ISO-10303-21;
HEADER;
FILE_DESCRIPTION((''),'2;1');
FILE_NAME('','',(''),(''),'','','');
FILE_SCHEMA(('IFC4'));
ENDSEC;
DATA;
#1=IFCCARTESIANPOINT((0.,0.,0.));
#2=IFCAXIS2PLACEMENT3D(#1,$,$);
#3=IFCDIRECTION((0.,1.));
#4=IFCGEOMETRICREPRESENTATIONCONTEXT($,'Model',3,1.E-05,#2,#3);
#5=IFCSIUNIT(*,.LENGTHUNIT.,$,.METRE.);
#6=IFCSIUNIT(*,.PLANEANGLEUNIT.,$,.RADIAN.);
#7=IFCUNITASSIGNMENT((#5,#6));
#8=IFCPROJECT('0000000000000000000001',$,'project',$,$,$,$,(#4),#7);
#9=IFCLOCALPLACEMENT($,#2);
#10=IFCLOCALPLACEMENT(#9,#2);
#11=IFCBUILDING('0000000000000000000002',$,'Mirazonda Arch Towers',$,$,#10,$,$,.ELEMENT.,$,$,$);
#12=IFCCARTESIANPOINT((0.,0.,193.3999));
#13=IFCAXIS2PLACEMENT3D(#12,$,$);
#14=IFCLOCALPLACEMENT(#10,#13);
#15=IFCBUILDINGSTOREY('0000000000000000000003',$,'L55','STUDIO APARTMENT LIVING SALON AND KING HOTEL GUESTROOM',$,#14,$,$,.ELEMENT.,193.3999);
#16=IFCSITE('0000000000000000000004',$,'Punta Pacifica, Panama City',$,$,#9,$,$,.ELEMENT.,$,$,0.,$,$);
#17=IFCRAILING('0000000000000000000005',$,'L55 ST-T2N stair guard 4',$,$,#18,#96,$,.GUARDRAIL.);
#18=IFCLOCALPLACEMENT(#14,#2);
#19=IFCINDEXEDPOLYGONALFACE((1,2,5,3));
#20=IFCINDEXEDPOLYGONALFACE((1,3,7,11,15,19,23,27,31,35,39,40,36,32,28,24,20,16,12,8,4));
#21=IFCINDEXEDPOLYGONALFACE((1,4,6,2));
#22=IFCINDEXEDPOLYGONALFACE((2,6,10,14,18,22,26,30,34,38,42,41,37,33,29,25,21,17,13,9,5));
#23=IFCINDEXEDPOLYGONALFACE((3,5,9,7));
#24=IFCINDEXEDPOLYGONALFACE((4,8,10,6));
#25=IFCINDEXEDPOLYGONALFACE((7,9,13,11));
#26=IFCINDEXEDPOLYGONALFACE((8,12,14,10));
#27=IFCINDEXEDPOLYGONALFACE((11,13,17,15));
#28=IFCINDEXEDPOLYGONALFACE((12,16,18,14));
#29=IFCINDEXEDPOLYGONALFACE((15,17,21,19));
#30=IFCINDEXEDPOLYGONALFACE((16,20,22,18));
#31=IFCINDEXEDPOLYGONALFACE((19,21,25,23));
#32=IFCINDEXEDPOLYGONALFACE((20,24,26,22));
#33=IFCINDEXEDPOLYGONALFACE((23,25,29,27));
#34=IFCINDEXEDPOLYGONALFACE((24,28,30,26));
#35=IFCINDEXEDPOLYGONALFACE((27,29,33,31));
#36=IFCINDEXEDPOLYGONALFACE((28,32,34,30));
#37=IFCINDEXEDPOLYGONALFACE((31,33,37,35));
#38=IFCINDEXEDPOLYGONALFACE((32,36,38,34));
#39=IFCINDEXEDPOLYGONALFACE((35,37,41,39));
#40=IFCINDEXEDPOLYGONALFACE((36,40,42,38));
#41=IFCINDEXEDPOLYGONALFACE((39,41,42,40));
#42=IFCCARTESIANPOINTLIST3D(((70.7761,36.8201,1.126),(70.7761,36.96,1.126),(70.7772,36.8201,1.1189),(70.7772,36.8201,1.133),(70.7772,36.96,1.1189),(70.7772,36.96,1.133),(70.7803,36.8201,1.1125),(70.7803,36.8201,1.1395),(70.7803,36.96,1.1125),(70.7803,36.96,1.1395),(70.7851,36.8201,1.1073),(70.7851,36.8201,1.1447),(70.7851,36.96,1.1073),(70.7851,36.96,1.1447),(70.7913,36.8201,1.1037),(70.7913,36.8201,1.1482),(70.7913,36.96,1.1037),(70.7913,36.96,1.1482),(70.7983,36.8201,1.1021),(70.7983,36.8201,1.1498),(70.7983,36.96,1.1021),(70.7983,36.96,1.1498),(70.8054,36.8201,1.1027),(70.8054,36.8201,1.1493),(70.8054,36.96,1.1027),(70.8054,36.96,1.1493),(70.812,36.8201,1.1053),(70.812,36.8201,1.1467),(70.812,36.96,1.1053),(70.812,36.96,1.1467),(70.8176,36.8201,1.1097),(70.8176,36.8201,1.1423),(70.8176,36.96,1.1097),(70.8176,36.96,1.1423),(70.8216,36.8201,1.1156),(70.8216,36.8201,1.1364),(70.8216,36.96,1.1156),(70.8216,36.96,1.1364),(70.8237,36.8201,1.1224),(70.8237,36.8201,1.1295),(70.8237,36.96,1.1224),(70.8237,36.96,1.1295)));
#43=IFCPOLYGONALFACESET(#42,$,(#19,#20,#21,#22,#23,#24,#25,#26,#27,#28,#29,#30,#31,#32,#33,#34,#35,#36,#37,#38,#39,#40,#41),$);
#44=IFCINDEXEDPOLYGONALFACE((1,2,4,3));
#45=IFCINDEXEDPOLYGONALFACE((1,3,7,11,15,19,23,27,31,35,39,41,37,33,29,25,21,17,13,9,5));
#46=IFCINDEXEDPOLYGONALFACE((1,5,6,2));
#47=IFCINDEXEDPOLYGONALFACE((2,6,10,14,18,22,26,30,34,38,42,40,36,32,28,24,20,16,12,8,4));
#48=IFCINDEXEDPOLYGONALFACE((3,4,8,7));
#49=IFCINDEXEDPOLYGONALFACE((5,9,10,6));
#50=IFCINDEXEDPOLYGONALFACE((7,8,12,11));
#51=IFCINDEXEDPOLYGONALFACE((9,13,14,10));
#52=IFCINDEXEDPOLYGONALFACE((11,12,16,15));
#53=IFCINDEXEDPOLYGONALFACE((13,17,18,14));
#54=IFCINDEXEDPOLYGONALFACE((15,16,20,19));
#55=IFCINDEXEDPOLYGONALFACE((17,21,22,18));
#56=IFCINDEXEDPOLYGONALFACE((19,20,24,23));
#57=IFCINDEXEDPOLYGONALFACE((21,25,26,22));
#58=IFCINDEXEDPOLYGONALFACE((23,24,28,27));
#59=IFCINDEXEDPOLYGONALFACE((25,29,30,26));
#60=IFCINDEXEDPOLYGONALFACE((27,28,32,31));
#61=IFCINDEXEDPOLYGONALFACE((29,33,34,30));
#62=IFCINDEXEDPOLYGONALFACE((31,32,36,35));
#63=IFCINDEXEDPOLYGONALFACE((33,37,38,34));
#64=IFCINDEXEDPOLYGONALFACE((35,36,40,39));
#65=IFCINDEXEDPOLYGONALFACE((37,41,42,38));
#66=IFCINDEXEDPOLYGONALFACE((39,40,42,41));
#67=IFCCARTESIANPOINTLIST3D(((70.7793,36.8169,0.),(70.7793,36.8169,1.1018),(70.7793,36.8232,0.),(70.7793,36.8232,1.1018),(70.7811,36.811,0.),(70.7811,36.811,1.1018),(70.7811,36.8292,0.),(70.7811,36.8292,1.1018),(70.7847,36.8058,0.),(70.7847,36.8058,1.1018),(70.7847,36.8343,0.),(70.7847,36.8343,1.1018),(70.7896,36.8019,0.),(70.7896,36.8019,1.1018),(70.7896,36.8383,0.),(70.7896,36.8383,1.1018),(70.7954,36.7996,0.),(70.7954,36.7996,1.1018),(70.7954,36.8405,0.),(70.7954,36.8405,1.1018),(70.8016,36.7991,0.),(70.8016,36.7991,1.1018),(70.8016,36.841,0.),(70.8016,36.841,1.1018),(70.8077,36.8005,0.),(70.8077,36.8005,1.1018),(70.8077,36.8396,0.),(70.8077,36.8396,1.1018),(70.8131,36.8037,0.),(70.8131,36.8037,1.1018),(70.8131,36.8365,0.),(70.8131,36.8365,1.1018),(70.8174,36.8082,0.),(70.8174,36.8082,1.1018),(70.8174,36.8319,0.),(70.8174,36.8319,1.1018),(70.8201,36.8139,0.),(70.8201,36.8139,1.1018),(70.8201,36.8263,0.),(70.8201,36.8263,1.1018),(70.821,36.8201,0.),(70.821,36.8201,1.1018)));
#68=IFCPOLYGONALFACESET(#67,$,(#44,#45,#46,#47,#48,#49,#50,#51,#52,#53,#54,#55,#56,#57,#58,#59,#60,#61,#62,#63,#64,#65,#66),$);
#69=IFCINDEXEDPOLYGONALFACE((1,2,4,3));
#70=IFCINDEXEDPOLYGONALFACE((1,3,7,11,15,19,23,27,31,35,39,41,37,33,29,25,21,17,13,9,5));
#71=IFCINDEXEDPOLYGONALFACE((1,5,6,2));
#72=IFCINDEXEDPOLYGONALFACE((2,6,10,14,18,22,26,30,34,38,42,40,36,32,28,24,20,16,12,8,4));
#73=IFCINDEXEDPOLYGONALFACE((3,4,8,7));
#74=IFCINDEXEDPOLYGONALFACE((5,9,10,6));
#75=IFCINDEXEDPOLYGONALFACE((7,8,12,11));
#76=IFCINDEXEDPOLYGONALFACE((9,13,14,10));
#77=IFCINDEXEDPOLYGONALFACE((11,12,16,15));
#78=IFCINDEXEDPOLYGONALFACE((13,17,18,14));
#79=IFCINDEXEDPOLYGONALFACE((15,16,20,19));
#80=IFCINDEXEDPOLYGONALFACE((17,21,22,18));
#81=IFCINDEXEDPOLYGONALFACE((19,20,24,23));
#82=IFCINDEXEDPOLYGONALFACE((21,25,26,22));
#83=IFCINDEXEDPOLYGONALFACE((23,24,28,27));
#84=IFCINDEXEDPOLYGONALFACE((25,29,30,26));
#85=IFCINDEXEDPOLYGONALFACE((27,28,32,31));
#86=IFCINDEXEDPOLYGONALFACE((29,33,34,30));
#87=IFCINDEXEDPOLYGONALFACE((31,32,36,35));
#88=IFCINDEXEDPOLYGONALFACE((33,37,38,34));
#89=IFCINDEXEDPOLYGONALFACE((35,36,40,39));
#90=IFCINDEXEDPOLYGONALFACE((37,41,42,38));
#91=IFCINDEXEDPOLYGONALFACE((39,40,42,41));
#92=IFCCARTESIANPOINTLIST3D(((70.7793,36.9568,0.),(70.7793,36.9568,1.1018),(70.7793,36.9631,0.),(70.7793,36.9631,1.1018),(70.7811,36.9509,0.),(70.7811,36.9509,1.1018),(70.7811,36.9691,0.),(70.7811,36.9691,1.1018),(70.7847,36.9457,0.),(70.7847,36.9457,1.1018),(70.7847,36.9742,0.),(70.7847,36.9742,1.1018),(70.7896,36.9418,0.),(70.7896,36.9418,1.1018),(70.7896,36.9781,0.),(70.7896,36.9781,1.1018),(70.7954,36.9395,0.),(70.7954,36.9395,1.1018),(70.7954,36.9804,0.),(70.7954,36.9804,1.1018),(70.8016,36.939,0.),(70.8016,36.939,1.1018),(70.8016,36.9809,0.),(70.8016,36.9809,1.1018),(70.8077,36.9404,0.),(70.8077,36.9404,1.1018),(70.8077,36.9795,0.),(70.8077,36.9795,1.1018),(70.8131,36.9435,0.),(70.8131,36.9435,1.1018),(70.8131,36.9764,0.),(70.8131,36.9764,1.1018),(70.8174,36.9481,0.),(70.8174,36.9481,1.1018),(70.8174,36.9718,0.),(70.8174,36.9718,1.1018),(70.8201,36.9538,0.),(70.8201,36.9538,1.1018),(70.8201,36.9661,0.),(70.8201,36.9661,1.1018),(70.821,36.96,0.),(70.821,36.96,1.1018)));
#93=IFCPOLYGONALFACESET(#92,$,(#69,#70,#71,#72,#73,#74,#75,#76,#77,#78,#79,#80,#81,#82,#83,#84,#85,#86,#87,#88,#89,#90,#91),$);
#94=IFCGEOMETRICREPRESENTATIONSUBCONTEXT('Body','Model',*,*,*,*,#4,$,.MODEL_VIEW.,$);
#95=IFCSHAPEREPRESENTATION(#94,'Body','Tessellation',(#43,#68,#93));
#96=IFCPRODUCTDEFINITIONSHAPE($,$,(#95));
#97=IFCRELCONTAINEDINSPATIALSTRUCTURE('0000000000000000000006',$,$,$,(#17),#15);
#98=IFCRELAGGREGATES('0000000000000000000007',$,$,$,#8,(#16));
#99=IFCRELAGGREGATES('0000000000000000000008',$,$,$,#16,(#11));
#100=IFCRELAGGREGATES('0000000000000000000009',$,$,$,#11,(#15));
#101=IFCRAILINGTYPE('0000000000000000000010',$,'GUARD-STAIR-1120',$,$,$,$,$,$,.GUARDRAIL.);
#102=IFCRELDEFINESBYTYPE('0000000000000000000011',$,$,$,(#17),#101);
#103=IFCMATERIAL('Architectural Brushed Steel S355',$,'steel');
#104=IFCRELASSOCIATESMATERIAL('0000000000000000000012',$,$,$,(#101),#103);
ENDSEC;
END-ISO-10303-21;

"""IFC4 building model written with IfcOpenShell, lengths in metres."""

from ifc_helpers import new_model, si_unit, direction, frame, origin, origin_2d, place, context, subcontext, project, spatial, circle, extrude, material, type_object, element, save


model = new_model("IFC4")

# Units and contexts
model_context = context("Model", 3, precision=1e-05, world=origin(), true_north=direction((0.0, 1.0)))
body_context = subcontext(model_context, "Body", "Model", "MODEL_VIEW")
ifc_project = project(units=[si_unit("LENGTHUNIT", "METRE"), si_unit("PLANEANGLEUNIT", "RADIAN")], contexts=[model_context])

# Site, building, storey
site_placement = place(None, origin())
site = spatial("IfcSite", under=ifc_project, at=site_placement, Name="Punta Pacifica, Panama City", CompositionType="ELEMENT", RefElevation=0.0)
building_placement = place(site_placement, origin())
building = spatial("IfcBuilding", under=site, at=building_placement, Name="Mirazonda Arch Towers", CompositionType="ELEMENT")
storey_placement = place(building_placement, frame((0.0, 0.0, 193.3999)))
storey = spatial("IfcBuildingStorey", under=building, at=storey_placement, Name="L55", Description="STUDIO APARTMENT LIVING SALON AND KING HOTEL GUESTROOM", CompositionType="ELEMENT", Elevation=193.3999)

# Railing
ifc_material_1 = material(Name="Architectural Brushed Steel S355", Category="steel")
railing_type_1 = type_object("IfcRailingType", Name="GUARD-STAIR-1120", PredefinedType="GUARDRAIL", material=ifc_material_1)
railing_1_placement = place(storey_placement, frame((70.8, 36.8201, 0.0)))
element("IfcRailing", 1, at=railing_1_placement, inside=storey, type_object=railing_type_1, Name="L55 ST-T2N stair guard 4", PredefinedType="GUARDRAIL", context=body_context, shape_type="SweptSolid", body=[
    extrude(circle(Radius=0.0239, at=origin_2d()), frame((0.0, 0.0, 1.126), z_axis=(0.0, 1.0, 0.0), x_axis=(-1.0, 0.0, 0.0)), (0.0, 0.0, 1.0), 0.1399),
    extrude(circle(Radius=0.021, at=origin_2d()), origin(), (0.0, 0.0, 1.0), 1.1018),
    extrude(circle(Radius=0.021, at=origin_2d()), frame((0.0, 0.1399, 0.0)), (0.0, 0.0, 1.0), 1.1018),
])

save(model, "model.ifc")
